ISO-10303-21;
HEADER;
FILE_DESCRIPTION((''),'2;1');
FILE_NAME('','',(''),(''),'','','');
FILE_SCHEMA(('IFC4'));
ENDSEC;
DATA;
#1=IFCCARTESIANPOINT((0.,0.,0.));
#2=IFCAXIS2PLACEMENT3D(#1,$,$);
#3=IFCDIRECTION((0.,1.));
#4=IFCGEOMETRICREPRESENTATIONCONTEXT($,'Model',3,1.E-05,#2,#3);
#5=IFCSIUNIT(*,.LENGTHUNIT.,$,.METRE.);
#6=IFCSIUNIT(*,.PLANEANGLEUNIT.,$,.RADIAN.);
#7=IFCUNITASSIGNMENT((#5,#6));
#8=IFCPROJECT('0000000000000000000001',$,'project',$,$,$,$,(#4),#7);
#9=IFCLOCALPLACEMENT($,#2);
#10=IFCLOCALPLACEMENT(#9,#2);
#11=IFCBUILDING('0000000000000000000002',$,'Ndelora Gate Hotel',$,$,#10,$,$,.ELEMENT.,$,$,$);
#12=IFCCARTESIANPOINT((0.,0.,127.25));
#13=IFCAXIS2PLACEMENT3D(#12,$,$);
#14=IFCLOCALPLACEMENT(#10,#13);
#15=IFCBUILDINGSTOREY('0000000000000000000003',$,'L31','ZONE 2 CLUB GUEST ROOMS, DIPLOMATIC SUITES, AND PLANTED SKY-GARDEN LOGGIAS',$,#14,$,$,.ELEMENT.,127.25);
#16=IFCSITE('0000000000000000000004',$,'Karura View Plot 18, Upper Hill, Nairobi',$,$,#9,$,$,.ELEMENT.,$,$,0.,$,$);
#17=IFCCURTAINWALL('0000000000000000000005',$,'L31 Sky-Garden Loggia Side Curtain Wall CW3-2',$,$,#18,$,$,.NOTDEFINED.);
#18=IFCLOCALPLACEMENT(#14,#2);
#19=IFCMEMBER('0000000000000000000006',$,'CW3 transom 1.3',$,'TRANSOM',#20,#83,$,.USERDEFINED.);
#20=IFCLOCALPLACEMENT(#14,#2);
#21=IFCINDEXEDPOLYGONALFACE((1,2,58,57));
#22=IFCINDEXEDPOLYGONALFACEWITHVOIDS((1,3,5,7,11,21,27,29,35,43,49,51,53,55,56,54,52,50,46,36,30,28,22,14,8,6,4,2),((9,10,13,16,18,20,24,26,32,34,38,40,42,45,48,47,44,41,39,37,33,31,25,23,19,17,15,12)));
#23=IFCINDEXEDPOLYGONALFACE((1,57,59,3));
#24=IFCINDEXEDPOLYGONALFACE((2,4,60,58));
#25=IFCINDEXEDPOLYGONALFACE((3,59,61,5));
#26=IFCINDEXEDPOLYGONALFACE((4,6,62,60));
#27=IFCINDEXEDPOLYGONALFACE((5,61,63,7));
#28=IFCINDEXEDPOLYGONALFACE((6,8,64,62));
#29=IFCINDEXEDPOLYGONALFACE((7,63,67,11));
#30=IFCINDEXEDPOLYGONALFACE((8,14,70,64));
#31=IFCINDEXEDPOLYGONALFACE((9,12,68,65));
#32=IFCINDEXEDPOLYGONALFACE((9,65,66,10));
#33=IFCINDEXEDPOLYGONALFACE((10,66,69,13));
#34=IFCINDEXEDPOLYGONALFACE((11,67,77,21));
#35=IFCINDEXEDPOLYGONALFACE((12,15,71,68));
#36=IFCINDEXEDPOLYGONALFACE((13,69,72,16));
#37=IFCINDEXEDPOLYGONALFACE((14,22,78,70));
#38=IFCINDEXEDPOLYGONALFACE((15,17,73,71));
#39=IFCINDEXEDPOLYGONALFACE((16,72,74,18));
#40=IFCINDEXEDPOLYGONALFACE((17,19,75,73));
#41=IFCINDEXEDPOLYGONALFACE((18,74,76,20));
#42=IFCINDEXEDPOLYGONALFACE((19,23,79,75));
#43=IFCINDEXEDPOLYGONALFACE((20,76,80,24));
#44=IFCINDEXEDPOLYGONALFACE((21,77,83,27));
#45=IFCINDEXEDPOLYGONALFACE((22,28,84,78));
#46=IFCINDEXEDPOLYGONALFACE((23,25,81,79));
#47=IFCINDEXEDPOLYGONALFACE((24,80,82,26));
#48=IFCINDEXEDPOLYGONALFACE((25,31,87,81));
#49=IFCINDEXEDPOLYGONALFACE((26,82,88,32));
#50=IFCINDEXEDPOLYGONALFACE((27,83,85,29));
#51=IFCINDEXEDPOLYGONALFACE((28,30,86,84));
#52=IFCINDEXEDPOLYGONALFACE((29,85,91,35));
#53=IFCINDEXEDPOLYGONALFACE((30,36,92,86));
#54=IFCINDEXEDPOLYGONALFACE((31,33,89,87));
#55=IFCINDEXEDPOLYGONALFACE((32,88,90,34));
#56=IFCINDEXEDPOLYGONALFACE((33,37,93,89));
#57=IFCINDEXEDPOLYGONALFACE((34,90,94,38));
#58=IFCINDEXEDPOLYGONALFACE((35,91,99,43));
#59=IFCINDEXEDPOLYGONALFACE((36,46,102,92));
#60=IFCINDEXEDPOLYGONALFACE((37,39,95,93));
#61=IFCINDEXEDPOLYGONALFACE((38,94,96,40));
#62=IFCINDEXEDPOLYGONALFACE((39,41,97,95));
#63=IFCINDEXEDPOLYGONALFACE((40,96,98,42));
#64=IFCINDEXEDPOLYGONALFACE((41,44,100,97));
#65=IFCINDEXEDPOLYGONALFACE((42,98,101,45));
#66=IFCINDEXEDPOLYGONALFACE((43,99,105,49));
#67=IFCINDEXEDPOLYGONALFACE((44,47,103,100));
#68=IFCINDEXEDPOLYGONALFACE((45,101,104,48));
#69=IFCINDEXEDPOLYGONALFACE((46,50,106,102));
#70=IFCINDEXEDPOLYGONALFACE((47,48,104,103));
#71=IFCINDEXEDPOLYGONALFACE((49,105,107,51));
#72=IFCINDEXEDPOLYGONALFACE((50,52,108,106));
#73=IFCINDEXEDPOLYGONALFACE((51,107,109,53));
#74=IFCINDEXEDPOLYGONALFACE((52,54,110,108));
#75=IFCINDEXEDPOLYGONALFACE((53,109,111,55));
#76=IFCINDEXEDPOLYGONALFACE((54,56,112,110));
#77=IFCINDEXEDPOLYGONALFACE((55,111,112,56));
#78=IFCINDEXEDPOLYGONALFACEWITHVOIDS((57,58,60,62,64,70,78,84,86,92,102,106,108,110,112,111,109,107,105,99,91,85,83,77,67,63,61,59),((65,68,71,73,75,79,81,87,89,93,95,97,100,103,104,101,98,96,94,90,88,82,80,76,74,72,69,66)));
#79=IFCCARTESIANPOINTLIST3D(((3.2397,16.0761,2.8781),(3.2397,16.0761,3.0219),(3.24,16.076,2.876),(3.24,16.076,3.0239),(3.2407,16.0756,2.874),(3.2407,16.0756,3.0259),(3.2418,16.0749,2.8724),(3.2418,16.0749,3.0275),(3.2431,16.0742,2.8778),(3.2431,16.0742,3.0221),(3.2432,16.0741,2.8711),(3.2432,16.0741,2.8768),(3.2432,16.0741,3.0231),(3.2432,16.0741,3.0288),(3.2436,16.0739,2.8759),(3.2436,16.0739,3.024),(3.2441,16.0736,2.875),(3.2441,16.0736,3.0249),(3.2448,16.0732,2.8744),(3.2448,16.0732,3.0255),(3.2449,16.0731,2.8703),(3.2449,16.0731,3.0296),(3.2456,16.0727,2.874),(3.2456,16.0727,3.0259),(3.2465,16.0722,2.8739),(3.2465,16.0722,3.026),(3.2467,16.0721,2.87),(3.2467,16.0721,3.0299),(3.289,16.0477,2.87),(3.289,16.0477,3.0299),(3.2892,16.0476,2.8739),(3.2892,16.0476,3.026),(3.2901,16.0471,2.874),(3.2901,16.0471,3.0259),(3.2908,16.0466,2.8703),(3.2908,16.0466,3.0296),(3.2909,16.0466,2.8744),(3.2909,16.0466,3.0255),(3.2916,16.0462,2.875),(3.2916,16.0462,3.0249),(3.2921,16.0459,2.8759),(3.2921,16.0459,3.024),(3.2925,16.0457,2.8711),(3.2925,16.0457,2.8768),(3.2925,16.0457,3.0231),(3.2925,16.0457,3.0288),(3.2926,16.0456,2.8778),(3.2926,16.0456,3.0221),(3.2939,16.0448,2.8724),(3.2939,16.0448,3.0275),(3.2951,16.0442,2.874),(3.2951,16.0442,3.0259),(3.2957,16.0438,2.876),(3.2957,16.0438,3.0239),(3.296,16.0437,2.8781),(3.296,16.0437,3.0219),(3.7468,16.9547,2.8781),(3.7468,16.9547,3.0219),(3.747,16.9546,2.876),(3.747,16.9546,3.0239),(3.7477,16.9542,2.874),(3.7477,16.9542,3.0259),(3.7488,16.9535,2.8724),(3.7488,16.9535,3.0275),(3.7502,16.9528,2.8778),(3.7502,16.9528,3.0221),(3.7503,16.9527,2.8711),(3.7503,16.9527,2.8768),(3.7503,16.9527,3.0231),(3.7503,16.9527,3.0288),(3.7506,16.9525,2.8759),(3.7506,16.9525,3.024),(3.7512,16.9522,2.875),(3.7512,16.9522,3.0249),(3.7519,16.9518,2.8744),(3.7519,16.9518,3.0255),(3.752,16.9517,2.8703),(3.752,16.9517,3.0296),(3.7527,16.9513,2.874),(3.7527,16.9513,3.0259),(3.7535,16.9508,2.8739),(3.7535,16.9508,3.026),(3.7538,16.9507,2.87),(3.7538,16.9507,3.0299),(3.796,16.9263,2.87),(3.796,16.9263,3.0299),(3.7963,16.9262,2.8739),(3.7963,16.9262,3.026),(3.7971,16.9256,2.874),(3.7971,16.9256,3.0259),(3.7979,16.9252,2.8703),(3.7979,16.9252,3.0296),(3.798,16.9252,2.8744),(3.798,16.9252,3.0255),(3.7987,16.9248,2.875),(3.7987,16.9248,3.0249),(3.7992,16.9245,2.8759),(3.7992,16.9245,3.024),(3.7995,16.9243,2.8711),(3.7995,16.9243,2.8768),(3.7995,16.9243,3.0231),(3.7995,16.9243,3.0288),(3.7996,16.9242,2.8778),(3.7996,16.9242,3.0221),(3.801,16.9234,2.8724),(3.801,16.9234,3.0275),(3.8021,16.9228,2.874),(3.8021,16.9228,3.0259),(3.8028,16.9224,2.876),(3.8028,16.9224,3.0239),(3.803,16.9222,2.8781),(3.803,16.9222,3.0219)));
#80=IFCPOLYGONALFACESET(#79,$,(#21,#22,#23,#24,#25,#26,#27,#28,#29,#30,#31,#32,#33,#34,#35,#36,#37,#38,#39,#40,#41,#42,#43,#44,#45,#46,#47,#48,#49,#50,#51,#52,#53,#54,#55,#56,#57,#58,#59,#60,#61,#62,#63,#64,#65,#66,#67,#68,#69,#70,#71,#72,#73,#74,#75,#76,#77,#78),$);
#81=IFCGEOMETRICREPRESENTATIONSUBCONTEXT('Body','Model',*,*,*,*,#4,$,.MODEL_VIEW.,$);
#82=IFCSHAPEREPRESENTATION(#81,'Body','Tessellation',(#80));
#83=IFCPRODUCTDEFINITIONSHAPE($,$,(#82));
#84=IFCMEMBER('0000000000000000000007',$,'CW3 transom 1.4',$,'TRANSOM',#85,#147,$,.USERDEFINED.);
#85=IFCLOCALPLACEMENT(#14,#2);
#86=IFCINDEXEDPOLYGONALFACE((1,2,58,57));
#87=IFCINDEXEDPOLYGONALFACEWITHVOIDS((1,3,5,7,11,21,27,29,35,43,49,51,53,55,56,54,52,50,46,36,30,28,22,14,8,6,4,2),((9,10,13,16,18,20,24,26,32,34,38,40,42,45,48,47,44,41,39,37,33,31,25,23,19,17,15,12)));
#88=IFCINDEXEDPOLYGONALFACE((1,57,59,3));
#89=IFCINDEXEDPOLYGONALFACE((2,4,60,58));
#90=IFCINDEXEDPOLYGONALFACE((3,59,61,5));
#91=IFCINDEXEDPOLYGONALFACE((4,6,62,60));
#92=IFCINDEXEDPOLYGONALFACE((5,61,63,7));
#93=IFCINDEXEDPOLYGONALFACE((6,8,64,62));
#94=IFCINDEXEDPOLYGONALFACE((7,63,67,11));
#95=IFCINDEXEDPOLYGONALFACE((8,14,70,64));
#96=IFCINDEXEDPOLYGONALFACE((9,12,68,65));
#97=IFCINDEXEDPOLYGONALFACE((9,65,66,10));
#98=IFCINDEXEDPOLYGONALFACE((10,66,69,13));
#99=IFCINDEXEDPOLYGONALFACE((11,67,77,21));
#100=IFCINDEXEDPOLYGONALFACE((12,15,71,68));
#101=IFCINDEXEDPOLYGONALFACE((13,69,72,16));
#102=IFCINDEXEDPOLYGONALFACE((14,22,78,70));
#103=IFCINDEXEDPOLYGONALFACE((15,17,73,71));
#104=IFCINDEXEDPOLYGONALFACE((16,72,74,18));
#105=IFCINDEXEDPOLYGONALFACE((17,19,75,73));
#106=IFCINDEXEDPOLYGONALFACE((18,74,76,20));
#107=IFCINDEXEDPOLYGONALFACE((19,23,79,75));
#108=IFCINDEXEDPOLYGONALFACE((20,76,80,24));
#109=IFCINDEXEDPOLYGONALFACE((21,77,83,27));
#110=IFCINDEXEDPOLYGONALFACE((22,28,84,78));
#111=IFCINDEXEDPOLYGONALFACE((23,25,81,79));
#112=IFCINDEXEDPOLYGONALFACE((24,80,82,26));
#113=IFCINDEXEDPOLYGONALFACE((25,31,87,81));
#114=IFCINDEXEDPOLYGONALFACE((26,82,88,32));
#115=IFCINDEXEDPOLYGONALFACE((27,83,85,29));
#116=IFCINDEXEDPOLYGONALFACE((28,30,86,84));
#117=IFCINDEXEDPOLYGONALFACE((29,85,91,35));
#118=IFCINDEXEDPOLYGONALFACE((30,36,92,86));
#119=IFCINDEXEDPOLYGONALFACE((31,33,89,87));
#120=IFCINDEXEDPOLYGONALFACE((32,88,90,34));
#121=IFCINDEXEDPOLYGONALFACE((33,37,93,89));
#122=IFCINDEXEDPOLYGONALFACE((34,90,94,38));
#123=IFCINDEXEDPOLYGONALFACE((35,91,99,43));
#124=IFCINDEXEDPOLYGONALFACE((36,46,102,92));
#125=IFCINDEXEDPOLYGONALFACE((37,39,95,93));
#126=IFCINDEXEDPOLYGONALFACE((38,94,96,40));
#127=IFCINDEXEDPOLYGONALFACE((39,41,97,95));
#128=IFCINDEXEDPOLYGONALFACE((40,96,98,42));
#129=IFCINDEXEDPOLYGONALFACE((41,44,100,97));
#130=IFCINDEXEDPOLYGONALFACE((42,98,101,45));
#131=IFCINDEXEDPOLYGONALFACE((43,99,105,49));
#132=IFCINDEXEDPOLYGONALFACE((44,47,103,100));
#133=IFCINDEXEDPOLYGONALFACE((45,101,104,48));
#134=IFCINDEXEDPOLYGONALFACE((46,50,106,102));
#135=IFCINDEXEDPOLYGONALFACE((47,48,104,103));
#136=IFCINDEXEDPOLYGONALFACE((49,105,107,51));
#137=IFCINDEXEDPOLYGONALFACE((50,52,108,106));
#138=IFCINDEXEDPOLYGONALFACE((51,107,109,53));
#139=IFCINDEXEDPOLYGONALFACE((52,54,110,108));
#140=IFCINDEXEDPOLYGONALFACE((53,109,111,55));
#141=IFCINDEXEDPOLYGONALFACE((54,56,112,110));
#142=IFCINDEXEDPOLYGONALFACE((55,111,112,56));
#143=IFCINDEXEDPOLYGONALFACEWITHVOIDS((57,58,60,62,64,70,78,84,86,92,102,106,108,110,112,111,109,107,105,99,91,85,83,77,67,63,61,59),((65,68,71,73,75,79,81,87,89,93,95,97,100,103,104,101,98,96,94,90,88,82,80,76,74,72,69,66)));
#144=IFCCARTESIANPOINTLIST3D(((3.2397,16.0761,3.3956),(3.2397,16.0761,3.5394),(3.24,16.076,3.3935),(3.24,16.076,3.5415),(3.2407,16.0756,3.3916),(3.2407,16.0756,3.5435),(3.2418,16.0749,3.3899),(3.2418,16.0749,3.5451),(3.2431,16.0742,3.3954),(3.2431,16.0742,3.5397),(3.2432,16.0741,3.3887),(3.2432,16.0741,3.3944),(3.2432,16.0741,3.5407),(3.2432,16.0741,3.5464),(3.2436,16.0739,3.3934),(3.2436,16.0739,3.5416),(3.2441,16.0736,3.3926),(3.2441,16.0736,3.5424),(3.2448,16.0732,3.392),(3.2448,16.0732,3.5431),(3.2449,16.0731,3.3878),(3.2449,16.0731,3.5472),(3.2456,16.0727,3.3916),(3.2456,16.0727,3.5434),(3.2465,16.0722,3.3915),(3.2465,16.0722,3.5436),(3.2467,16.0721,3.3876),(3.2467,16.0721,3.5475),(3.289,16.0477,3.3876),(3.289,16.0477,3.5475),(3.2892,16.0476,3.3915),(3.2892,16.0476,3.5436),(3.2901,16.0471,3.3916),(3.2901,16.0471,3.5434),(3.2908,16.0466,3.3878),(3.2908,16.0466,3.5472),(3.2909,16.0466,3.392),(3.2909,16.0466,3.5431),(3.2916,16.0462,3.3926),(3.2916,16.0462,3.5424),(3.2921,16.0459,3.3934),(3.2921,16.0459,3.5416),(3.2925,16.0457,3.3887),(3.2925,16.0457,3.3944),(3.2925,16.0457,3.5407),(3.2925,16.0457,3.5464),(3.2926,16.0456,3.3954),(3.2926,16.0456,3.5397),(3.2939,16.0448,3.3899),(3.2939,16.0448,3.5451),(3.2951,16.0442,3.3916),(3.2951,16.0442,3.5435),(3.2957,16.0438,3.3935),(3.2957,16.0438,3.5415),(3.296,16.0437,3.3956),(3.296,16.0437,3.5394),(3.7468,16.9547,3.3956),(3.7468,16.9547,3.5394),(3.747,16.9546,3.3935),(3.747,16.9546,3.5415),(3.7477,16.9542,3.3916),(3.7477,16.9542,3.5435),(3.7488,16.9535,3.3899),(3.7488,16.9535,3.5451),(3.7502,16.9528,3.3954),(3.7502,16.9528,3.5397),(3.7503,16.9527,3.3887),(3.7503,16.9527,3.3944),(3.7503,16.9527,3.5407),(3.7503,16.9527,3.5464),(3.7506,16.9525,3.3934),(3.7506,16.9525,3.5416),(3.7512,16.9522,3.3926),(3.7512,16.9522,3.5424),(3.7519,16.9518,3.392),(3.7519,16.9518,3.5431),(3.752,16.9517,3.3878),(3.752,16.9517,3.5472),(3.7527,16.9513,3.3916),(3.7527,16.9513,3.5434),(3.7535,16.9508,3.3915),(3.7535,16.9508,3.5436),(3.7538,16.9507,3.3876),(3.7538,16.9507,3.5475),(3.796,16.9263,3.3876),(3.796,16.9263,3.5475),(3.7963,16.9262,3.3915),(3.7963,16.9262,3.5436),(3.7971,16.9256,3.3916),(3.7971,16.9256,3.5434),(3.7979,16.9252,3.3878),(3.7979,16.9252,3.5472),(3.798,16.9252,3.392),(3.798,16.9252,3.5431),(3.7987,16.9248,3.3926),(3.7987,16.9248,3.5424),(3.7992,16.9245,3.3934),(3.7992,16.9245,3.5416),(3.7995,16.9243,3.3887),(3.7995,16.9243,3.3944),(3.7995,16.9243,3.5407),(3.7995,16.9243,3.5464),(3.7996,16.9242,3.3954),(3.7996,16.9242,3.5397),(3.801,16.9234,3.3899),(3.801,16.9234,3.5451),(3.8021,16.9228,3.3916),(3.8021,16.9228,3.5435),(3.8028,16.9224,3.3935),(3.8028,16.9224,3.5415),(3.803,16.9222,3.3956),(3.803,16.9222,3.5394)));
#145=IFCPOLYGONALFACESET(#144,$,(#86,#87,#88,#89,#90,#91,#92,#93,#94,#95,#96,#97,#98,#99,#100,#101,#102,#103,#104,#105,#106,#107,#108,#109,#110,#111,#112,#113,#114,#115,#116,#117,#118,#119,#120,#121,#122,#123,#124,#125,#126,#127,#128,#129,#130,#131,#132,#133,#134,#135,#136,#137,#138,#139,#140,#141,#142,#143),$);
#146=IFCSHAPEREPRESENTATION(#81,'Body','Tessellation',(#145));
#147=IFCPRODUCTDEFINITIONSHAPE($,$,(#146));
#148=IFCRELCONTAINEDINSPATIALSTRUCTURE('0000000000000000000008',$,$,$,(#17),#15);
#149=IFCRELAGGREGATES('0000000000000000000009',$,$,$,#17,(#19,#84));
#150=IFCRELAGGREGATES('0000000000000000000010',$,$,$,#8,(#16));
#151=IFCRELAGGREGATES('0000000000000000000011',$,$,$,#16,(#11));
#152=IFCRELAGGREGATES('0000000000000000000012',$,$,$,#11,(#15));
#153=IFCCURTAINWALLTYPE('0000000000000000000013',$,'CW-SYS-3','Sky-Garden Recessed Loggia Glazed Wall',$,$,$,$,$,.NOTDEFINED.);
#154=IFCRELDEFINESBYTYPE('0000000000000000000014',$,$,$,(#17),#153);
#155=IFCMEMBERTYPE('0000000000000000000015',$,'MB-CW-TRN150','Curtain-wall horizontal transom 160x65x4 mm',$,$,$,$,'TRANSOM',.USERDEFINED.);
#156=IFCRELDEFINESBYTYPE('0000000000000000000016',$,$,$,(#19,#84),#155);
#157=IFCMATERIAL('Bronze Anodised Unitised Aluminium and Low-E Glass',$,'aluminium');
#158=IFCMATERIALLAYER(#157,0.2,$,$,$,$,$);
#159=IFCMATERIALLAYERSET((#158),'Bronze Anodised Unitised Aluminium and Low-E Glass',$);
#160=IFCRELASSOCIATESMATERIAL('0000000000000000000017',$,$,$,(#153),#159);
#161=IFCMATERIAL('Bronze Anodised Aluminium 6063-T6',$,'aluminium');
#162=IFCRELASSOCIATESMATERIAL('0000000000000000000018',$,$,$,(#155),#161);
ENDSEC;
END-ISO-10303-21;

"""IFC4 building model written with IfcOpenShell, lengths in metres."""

from ifc_helpers import new_model, si_unit, direction, frame, origin, origin_2d, place, context, subcontext, project, spatial, hollow_rectangle, extrude, material, layer, layer_set, material_profile, profile_set, type_object, element, aggregate, save


model = new_model("IFC4")

# Units and contexts
model_context = context("Model", 3, precision=1e-05, world=origin(), true_north=direction((0.0, 1.0)))
body_context = subcontext(model_context, "Body", "Model", "MODEL_VIEW")
ifc_project = project(units=[si_unit("LENGTHUNIT", "METRE"), si_unit("PLANEANGLEUNIT", "RADIAN")], contexts=[model_context])

# Site, building, storey
site_placement = place(None, origin())
site = spatial("IfcSite", under=ifc_project, at=site_placement, Name="Karura View Plot 18, Upper Hill, Nairobi", CompositionType="ELEMENT", RefElevation=0.0)
building_placement = place(site_placement, origin())
building = spatial("IfcBuilding", under=site, at=building_placement, Name="Ndelora Gate Hotel", CompositionType="ELEMENT")
storey_placement = place(building_placement, frame((0.0, 0.0, 127.25)))
storey = spatial("IfcBuildingStorey", under=building, at=storey_placement, Name="L31", Description="ZONE 2 CLUB GUEST ROOMS, DIPLOMATIC SUITES, AND PLANTED SKY-GARDEN LOGGIAS", CompositionType="ELEMENT", Elevation=127.25)

# Curtain wall, members
ifc_material_1 = material(Name="Bronze Anodised Unitised Aluminium and Low-E Glass", Category="aluminium")
ifc_layer_1 = layer(ifc_material_1, 0.2)
ifc_layer_set_1 = layer_set([ifc_layer_1], Name="Bronze Anodised Unitised Aluminium and Low-E Glass")
curtain_wall_type = type_object("IfcCurtainWallType", Name="CW-SYS-3", Description="Sky-Garden Recessed Loggia Glazed Wall", PredefinedType="NOTDEFINED", material=ifc_layer_set_1)
curtain_wall_placement = place(storey_placement, origin())
curtain_wall = element("IfcCurtainWall", 1, at=curtain_wall_placement, inside=storey, type_object=curtain_wall_type, Name="L31 Sky-Garden Loggia Side Curtain Wall CW3-2", PredefinedType="NOTDEFINED")
ifc_material_2 = material(Name="Bronze Anodised Aluminium 6063-T6", Category="aluminium")
ifc_material_profile_1 = material_profile(ifc_material_2, hollow_rectangle(XDim=0.0649, YDim=0.1599, WallThickness=0.0039, InnerFilletRadius=0.0039, OuterFilletRadius=0.0081, at=origin_2d()), Name="ALU 160x65x4")
ifc_profile_set_1 = profile_set([ifc_material_profile_1], Name="Bronze Anodised Aluminium 6063-T6")
member_type_1 = type_object("IfcMemberType", Name="MB-CW-TRN150", Description="Curtain-wall horizontal transom 160x65x4 mm", ElementType="TRANSOM", PredefinedType="USERDEFINED", material=ifc_profile_set_1)
member_1_placement = place(storey_placement, frame((3.7749, 16.9385, 2.95), z_axis=(-0.499841, -0.866117, 0.0), x_axis=(0.866117, -0.499841, 0.0)))
member_1 = element("IfcMember", 2, at=member_1_placement, type_object=member_type_1, Name="CW3 transom 1.3", ObjectType="TRANSOM", PredefinedType="USERDEFINED", context=body_context, shape_type="SweptSolid", body=[
    extrude(hollow_rectangle(XDim=0.0649, YDim=0.1599, WallThickness=0.0039, InnerFilletRadius=0.0039, OuterFilletRadius=0.0081, at=origin_2d()), origin(), (0.0, 0.0, 1.0), 1.0144),
])
member_2_placement = place(storey_placement, frame((3.7749, 16.9385, 3.4675), z_axis=(-0.499841, -0.866117, 0.0), x_axis=(0.866117, -0.499841, 0.0)))
member_2 = element("IfcMember", 3, at=member_2_placement, type_object=member_type_1, Name="CW3 transom 1.4", ObjectType="TRANSOM", PredefinedType="USERDEFINED", context=body_context, shape_type="SweptSolid", body=[
    extrude(hollow_rectangle(XDim=0.0649, YDim=0.1599, WallThickness=0.0039, InnerFilletRadius=0.0039, OuterFilletRadius=0.0081, at=origin_2d()), origin(), (0.0, 0.0, 1.0), 1.0144),
])
aggregate(curtain_wall, [member_1, member_2])

save(model, "model.ifc")
